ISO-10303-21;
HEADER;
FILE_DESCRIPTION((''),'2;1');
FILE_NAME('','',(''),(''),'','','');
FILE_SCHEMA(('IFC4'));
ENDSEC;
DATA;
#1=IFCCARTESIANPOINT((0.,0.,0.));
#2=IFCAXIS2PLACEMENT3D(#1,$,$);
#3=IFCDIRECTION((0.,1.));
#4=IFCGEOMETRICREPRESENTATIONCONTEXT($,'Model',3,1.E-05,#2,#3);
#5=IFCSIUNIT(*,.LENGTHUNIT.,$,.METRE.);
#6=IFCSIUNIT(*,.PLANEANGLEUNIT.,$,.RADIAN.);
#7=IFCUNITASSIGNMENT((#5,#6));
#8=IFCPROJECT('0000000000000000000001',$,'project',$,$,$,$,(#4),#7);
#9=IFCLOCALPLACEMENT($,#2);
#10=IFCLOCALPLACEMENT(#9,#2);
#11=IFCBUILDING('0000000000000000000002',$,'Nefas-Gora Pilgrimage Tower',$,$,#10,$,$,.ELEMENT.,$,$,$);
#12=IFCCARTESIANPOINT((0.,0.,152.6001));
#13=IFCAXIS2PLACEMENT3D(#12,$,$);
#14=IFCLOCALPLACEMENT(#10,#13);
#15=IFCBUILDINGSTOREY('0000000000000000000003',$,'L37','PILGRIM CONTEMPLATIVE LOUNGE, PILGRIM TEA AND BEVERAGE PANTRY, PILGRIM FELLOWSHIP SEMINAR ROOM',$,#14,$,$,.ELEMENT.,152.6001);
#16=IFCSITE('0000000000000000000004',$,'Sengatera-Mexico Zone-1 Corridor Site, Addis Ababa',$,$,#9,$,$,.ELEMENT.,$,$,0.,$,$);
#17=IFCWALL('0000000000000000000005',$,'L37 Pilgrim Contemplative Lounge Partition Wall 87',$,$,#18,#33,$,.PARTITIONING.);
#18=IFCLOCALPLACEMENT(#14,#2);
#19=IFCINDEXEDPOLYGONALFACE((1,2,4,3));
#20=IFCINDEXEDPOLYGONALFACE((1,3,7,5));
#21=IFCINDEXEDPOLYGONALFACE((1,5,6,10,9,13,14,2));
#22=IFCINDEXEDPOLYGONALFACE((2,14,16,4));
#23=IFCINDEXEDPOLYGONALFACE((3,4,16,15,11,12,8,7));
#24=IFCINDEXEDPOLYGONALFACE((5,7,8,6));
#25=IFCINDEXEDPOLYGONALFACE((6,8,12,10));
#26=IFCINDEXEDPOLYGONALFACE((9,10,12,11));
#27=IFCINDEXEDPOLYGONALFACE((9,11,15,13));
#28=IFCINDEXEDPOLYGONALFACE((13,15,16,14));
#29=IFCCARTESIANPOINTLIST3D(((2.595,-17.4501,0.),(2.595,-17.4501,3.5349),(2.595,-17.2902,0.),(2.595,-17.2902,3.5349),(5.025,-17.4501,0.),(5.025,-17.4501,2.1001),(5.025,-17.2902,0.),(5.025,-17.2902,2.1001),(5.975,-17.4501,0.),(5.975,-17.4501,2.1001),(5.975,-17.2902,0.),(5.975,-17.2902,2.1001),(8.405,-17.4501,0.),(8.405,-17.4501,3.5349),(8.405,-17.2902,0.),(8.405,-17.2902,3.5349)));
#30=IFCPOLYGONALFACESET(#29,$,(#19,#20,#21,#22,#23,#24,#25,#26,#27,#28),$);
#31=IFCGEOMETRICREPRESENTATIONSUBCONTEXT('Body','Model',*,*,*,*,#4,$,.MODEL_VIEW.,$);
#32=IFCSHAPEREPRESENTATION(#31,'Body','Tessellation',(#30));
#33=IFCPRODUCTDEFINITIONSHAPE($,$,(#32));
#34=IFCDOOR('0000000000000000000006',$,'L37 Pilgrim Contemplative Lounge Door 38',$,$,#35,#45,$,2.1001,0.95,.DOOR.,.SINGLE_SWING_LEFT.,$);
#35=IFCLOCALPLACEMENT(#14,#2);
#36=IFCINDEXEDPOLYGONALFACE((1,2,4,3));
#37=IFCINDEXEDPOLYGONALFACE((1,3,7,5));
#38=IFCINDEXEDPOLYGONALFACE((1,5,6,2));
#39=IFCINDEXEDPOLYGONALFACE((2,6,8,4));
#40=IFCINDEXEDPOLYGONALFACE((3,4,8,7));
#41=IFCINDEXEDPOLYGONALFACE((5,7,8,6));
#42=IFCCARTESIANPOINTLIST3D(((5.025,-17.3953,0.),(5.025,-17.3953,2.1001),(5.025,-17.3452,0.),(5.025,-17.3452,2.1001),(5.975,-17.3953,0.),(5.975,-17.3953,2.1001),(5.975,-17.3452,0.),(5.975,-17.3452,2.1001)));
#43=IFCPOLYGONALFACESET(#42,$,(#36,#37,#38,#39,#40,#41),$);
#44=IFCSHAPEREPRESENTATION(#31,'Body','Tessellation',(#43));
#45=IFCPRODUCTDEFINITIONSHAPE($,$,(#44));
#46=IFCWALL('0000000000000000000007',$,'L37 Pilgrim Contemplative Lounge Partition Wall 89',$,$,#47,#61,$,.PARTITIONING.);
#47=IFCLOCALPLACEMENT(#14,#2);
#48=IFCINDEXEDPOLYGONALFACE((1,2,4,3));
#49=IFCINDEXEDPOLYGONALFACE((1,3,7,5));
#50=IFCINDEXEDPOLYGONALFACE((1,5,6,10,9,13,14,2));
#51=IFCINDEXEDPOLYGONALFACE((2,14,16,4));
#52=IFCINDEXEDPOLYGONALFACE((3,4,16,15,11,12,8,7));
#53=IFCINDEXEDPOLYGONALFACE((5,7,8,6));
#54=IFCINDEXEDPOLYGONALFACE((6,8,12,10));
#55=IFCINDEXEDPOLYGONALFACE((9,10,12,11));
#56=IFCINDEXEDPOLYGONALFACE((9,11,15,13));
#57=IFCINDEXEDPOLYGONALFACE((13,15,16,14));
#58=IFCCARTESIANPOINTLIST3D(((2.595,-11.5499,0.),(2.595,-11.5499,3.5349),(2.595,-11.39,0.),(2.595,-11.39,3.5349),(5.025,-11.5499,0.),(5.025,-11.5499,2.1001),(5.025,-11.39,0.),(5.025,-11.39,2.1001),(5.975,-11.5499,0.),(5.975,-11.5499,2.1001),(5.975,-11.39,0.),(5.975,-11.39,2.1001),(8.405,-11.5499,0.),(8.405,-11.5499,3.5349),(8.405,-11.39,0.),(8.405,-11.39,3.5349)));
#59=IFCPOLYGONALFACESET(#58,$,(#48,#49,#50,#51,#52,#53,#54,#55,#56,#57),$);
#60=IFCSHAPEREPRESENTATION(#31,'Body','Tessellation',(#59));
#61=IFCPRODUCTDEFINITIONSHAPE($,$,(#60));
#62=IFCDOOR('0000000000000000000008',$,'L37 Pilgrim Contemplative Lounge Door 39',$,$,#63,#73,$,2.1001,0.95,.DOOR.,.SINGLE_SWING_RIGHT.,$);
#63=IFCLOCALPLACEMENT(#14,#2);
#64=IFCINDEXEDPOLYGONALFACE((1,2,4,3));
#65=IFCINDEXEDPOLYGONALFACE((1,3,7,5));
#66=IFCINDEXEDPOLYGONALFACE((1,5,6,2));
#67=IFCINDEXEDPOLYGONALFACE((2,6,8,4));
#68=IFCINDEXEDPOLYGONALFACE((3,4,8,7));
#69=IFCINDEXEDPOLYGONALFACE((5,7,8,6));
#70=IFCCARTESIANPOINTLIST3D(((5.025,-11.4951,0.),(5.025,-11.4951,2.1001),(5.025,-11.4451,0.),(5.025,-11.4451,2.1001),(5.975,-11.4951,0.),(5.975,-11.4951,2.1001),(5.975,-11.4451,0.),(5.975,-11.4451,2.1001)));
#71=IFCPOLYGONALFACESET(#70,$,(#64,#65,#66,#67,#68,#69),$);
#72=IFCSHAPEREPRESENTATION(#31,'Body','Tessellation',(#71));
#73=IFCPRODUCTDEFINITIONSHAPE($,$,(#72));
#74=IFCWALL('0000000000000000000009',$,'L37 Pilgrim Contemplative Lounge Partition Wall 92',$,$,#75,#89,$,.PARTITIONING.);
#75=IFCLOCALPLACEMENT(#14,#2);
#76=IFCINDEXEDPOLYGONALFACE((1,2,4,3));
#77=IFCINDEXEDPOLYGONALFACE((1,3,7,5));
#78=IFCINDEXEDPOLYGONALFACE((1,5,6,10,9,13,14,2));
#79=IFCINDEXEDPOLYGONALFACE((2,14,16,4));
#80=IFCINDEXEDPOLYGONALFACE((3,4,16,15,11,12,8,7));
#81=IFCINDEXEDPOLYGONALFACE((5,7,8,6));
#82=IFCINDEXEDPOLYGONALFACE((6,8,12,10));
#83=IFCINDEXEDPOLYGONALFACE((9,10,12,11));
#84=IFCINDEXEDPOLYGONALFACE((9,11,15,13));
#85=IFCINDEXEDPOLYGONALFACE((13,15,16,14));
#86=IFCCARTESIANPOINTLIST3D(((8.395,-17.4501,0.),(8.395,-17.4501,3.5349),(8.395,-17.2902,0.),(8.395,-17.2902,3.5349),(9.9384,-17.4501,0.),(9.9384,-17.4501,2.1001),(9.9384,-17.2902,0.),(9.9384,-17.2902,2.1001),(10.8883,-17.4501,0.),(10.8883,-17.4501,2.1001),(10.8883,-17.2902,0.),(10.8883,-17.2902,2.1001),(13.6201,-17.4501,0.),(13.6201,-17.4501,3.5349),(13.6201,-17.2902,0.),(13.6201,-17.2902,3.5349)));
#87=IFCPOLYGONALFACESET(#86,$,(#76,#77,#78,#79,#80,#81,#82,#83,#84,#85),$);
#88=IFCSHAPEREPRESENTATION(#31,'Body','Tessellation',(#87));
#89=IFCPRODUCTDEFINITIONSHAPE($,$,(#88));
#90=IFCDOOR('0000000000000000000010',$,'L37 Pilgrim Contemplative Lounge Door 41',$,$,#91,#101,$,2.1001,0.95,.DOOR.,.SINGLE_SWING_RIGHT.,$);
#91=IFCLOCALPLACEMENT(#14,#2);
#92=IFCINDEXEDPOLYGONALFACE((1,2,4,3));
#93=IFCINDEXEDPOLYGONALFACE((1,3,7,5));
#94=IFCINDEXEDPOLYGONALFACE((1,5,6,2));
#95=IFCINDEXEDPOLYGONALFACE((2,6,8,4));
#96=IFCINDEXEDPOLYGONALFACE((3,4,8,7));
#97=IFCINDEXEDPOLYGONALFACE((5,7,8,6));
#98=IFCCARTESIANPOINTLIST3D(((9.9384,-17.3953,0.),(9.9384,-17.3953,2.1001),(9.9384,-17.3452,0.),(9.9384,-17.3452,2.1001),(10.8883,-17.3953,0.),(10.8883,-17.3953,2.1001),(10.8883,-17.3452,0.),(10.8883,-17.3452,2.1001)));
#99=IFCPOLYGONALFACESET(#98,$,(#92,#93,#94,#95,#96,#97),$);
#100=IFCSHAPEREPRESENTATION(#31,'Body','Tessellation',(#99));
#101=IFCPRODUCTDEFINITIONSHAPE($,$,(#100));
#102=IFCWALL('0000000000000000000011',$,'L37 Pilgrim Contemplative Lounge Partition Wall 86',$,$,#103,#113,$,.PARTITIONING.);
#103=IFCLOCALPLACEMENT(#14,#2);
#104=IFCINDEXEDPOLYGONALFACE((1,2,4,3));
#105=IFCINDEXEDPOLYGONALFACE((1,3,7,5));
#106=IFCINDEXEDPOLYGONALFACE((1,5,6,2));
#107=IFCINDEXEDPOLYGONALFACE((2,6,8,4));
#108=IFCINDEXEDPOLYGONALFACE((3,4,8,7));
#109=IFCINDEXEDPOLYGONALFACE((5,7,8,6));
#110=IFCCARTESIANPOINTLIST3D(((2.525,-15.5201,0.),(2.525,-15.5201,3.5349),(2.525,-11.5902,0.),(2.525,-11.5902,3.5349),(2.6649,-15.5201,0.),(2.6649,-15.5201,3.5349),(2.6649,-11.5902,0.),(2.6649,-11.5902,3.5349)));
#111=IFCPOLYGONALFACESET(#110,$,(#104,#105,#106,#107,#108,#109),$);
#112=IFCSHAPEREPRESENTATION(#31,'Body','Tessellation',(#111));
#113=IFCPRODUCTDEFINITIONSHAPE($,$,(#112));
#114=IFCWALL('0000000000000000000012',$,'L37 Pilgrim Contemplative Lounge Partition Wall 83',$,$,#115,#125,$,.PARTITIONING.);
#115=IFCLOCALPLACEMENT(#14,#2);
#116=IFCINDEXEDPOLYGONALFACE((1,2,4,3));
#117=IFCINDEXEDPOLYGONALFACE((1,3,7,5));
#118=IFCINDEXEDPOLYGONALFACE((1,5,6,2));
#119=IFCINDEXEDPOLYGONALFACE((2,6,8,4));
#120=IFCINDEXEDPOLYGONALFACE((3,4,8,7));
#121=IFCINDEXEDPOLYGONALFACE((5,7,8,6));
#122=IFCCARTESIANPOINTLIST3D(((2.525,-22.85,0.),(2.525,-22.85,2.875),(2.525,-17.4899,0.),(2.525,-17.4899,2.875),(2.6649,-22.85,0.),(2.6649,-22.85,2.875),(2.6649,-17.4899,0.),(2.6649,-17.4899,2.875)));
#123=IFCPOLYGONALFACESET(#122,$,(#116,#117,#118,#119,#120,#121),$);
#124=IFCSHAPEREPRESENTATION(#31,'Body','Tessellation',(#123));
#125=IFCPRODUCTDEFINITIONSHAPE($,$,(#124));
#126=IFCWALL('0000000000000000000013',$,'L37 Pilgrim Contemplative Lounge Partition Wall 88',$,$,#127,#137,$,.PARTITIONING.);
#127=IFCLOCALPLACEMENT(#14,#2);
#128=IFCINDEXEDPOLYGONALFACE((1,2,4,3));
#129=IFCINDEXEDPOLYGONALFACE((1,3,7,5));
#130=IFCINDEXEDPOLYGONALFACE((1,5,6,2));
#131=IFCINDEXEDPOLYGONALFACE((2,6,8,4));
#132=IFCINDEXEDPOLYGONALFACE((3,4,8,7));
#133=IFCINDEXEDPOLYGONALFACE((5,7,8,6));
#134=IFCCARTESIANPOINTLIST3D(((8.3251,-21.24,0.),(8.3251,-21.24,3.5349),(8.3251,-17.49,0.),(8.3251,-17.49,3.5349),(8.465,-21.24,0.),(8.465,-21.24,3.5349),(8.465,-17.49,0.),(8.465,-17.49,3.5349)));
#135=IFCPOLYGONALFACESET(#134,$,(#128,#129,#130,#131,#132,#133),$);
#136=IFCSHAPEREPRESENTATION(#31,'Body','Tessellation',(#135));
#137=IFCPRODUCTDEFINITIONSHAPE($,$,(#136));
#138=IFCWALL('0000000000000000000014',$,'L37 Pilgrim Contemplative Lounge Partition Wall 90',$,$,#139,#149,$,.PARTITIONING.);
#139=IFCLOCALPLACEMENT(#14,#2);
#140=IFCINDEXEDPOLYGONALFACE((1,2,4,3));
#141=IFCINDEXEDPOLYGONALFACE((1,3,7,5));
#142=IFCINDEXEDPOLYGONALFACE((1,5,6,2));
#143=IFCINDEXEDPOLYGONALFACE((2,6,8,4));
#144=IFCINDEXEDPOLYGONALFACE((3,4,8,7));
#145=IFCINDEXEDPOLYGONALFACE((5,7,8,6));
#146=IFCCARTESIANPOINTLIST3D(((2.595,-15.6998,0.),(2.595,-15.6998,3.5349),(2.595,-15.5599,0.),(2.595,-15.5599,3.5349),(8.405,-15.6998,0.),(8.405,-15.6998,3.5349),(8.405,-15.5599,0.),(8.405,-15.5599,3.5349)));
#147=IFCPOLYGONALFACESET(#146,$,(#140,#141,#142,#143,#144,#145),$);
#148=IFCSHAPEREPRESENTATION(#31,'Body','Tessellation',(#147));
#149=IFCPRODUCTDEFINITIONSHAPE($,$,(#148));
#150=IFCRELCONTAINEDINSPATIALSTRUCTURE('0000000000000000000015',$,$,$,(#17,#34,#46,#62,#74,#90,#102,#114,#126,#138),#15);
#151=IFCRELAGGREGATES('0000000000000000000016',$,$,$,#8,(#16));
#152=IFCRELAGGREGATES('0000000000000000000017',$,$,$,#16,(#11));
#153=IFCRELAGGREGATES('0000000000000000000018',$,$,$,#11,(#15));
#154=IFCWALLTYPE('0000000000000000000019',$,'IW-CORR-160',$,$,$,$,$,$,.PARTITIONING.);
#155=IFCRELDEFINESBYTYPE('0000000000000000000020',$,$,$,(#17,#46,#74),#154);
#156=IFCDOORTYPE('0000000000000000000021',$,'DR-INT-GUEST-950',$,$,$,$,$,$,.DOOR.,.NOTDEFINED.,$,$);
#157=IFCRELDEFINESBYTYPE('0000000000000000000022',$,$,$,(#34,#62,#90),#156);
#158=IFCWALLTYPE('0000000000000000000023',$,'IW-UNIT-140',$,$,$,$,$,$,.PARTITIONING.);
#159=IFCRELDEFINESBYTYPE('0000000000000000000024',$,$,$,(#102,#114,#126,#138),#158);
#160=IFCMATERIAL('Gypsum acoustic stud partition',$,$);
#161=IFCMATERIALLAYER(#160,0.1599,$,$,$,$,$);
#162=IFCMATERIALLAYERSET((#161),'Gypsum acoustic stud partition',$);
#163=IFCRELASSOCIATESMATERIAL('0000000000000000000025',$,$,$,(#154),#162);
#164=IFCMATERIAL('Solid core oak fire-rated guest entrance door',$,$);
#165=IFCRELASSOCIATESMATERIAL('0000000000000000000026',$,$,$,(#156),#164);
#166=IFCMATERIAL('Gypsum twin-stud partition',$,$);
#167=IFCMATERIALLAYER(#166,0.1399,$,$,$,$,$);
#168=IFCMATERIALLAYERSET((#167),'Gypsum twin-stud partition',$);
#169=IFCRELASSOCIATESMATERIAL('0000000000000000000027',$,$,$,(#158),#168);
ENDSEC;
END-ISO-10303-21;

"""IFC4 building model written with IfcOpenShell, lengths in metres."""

from ifc_helpers import new_model, si_unit, direction, frame, frame_2d, origin, place, context, subcontext, project, spatial, rectangle, extrude, source, transform, mapped, material, layer, layer_set, type_object, element, fill, save


model = new_model("IFC4")

# Units and contexts
model_context = context("Model", 3, precision=1e-05, world=origin(), true_north=direction((0.0, 1.0)))
body_context = subcontext(model_context, "Body", "Model", "MODEL_VIEW")
ifc_project = project(units=[si_unit("LENGTHUNIT", "METRE"), si_unit("PLANEANGLEUNIT", "RADIAN")], contexts=[model_context])

# Site, building, storey
site_placement = place(None, origin())
site = spatial("IfcSite", under=ifc_project, at=site_placement, Name="Sengatera-Mexico Zone-1 Corridor Site, Addis Ababa", CompositionType="ELEMENT", RefElevation=0.0)
building_placement = place(site_placement, origin())
building = spatial("IfcBuilding", under=site, at=building_placement, Name="Nefas-Gora Pilgrimage Tower", CompositionType="ELEMENT")
storey_placement = place(building_placement, frame((0.0, 0.0, 152.6001)))
storey = spatial("IfcBuildingStorey", under=building, at=storey_placement, Name="L37", Description="PILGRIM CONTEMPLATIVE LOUNGE, PILGRIM TEA AND BEVERAGE PANTRY, PILGRIM FELLOWSHIP SEMINAR ROOM", CompositionType="ELEMENT", Elevation=152.6001)

# Walls, openings, doors
ifc_material_1 = material(Name="Gypsum acoustic stud partition")
ifc_layer_1 = layer(ifc_material_1, 0.1599)
ifc_layer_set_1 = layer_set([ifc_layer_1], Name="Gypsum acoustic stud partition")
wall_type_1 = type_object("IfcWallType", Name="IW-CORR-160", PredefinedType="PARTITIONING", material=ifc_layer_set_1)
shared_shape_1 = source(origin(), body_context, "Body", "SweptSolid", [
    extrude(rectangle(XDim=5.8101, YDim=0.1599, at=frame_2d((2.905, 0.0))), origin(), (0.0, 0.0, 1.0), 3.5349),
])
wall_1_placement = place(storey_placement, frame((2.595, -17.3701, 0.0), z_axis=(0.0, 0.0, 1.0), x_axis=(1.0, 0.0, 0.0)))
wall_1 = element("IfcWall", 1, at=wall_1_placement, inside=storey, type_object=wall_type_1, Name="L37 Pilgrim Contemplative Lounge Partition Wall 87", PredefinedType="PARTITIONING", context=body_context, shape_type="MappedRepresentation", body=[
    mapped(shared_shape_1, transform((0.0, 0.0, 0.0), x_axis=(1.0, 0.0, 0.0), y_axis=(0.0, 1.0, 0.0), z_axis=(0.0, 0.0, 1.0), scale=1.0)),
])
opening_1_placement = place(wall_1_placement, frame((2.4299, 0.0, 0.0)))
opening_1 = element("IfcOpeningElement", 2, at=opening_1_placement, cuts=wall_1, PredefinedType="OPENING", context=body_context, shape_type="SweptSolid", body=[
    extrude(rectangle(XDim=0.95, YDim=2.1001, at=frame_2d((0.4751, 1.05))), frame((0.0, 0.0898, 0.0), z_axis=(0.0, -1.0, 0.0), x_axis=(1.0, 0.0, 0.0)), (0.0, 0.0, 1.0), 0.1799),
])
ifc_material_2 = material(Name="Solid core oak fire-rated guest entrance door")
door_type = type_object("IfcDoorType", Name="DR-INT-GUEST-950", OperationType="NOTDEFINED", PredefinedType="DOOR", material=ifc_material_2)
shared_shape_2 = source(origin(), body_context, "Body", "SweptSolid", [
    extrude(rectangle(XDim=0.95, YDim=2.1001, at=frame_2d((0.4751, 1.05))), frame((0.0, 0.0249, 0.0), z_axis=(0.0, -1.0, 0.0), x_axis=(1.0, 0.0, 0.0)), (0.0, 0.0, 1.0), 0.05),
])
door_1_placement = place(opening_1_placement, origin())
door_1 = element("IfcDoor", 3, at=door_1_placement, inside=storey, type_object=door_type, Name="L37 Pilgrim Contemplative Lounge Door 38", OperationType="SINGLE_SWING_LEFT", OverallHeight=2.1001, OverallWidth=0.95, PredefinedType="DOOR", context=body_context, shape_type="MappedRepresentation", body=[
    mapped(shared_shape_2, transform((0.0, 0.0, 0.0), x_axis=(1.0, 0.0, 0.0), y_axis=(0.0, 1.0, 0.0), z_axis=(0.0, 0.0, 1.0), scale=1.0)),
])
fill(opening_1, door_1)
wall_2_placement = place(storey_placement, frame((2.595, -11.47, 0.0), z_axis=(0.0, 0.0, 1.0), x_axis=(1.0, 0.0, 0.0)))
wall_2 = element("IfcWall", 4, at=wall_2_placement, inside=storey, type_object=wall_type_1, Name="L37 Pilgrim Contemplative Lounge Partition Wall 89", PredefinedType="PARTITIONING", context=body_context, shape_type="MappedRepresentation", body=[
    mapped(shared_shape_1, transform((0.0, 0.0, 0.0), x_axis=(1.0, 0.0, 0.0), y_axis=(0.0, 1.0, 0.0), z_axis=(0.0, 0.0, 1.0), scale=1.0)),
])
opening_2_placement = place(wall_2_placement, frame((2.4299, 0.0, 0.0)))
opening_2 = element("IfcOpeningElement", 5, at=opening_2_placement, cuts=wall_2, PredefinedType="OPENING", context=body_context, shape_type="SweptSolid", body=[
    extrude(rectangle(XDim=0.95, YDim=2.1001, at=frame_2d((0.4751, 1.05))), frame((0.0, 0.0898, 0.0), z_axis=(0.0, -1.0, 0.0), x_axis=(1.0, 0.0, 0.0)), (0.0, 0.0, 1.0), 0.1799),
])
door_2_placement = place(opening_2_placement, origin())
door_2 = element("IfcDoor", 6, at=door_2_placement, inside=storey, type_object=door_type, Name="L37 Pilgrim Contemplative Lounge Door 39", OperationType="SINGLE_SWING_RIGHT", OverallHeight=2.1001, OverallWidth=0.95, PredefinedType="DOOR", context=body_context, shape_type="MappedRepresentation", body=[
    mapped(shared_shape_2, transform((0.0, 0.0, 0.0), x_axis=(1.0, 0.0, 0.0), y_axis=(0.0, 1.0, 0.0), z_axis=(0.0, 0.0, 1.0), scale=1.0)),
])
fill(opening_2, door_2)
shared_shape_3 = source(origin(), body_context, "Body", "SweptSolid", [
    extrude(rectangle(XDim=5.2251, YDim=0.1599, at=frame_2d((2.6125, 0.0))), origin(), (0.0, 0.0, 1.0), 3.5349),
])
wall_3_placement = place(storey_placement, frame((8.395, -17.3701, 0.0), z_axis=(0.0, 0.0, 1.0), x_axis=(1.0, 0.0, 0.0)))
wall_3 = element("IfcWall", 7, at=wall_3_placement, inside=storey, type_object=wall_type_1, Name="L37 Pilgrim Contemplative Lounge Partition Wall 92", PredefinedType="PARTITIONING", context=body_context, shape_type="MappedRepresentation", body=[
    mapped(shared_shape_3, transform((0.0, 0.0, 0.0), x_axis=(1.0, 0.0, 0.0), y_axis=(0.0, 1.0, 0.0), z_axis=(0.0, 0.0, 1.0), scale=1.0)),
])
opening_3_placement = place(wall_3_placement, frame((1.5432, 0.0, 0.0)))
opening_3 = element("IfcOpeningElement", 8, at=opening_3_placement, cuts=wall_3, PredefinedType="OPENING", context=body_context, shape_type="SweptSolid", body=[
    extrude(rectangle(XDim=0.95, YDim=2.1001, at=frame_2d((0.4751, 1.05))), frame((0.0, 0.0898, 0.0), z_axis=(0.0, -1.0, 0.0), x_axis=(1.0, 0.0, 0.0)), (0.0, 0.0, 1.0), 0.1799),
])
door_3_placement = place(opening_3_placement, origin())
door_3 = element("IfcDoor", 9, at=door_3_placement, inside=storey, type_object=door_type, Name="L37 Pilgrim Contemplative Lounge Door 41", OperationType="SINGLE_SWING_RIGHT", OverallHeight=2.1001, OverallWidth=0.95, PredefinedType="DOOR", context=body_context, shape_type="MappedRepresentation", body=[
    mapped(shared_shape_2, transform((0.0, 0.0, 0.0), x_axis=(1.0, 0.0, 0.0), y_axis=(0.0, 1.0, 0.0), z_axis=(0.0, 0.0, 1.0), scale=1.0)),
])
fill(opening_3, door_3)

# Walls
ifc_material_3 = material(Name="Gypsum twin-stud partition")
ifc_layer_2 = layer(ifc_material_3, 0.1399)
ifc_layer_set_2 = layer_set([ifc_layer_2], Name="Gypsum twin-stud partition")
wall_type_2 = type_object("IfcWallType", Name="IW-UNIT-140", PredefinedType="PARTITIONING", material=ifc_layer_set_2)
shared_shape_4 = source(origin(), body_context, "Body", "SweptSolid", [
    extrude(rectangle(XDim=3.9299, YDim=0.1399, at=frame_2d((1.9648, 0.0))), origin(), (0.0, 0.0, 1.0), 3.5349),
])
wall_4_placement = place(storey_placement, frame((2.595, -15.52, 0.0), z_axis=(0.0, 0.0, 1.0), x_axis=(0.0, 1.0, 0.0)))
element("IfcWall", 10, at=wall_4_placement, inside=storey, type_object=wall_type_2, Name="L37 Pilgrim Contemplative Lounge Partition Wall 86", PredefinedType="PARTITIONING", context=body_context, shape_type="MappedRepresentation", body=[
    mapped(shared_shape_4, transform((0.0, 0.0, 0.0), x_axis=(1.0, 0.0, 0.0), y_axis=(0.0, 1.0, 0.0), z_axis=(0.0, 0.0, 1.0), scale=1.0)),
])
shared_shape_5 = source(origin(), body_context, "Body", "SweptSolid", [
    extrude(rectangle(XDim=5.3601, YDim=0.1399, at=frame_2d((2.6802, 0.0))), origin(), (0.0, 0.0, 1.0), 2.875),
])
wall_5_placement = place(storey_placement, frame((2.595, -22.8501, 0.0), z_axis=(0.0, 0.0, 1.0), x_axis=(0.0, 1.0, 0.0)))
element("IfcWall", 11, at=wall_5_placement, inside=storey, type_object=wall_type_2, Name="L37 Pilgrim Contemplative Lounge Partition Wall 83", PredefinedType="PARTITIONING", context=body_context, shape_type="MappedRepresentation", body=[
    mapped(shared_shape_5, transform((0.0, 0.0, 0.0), x_axis=(1.0, 0.0, 0.0), y_axis=(0.0, 1.0, 0.0), z_axis=(0.0, 0.0, 1.0), scale=1.0)),
])
shared_shape_6 = source(origin(), body_context, "Body", "SweptSolid", [
    extrude(rectangle(XDim=3.75, YDim=0.1399, at=frame_2d((1.875, 0.0))), origin(), (0.0, 0.0, 1.0), 3.5349),
])
wall_6_placement = place(storey_placement, frame((8.395, -21.24, 0.0), z_axis=(0.0, 0.0, 1.0), x_axis=(0.0, 1.0, 0.0)))
element("IfcWall", 12, at=wall_6_placement, inside=storey, type_object=wall_type_2, Name="L37 Pilgrim Contemplative Lounge Partition Wall 88", PredefinedType="PARTITIONING", context=body_context, shape_type="MappedRepresentation", body=[
    mapped(shared_shape_6, transform((0.0, 0.0, 0.0), x_axis=(1.0, 0.0, 0.0), y_axis=(0.0, 1.0, 0.0), z_axis=(0.0, 0.0, 1.0), scale=1.0)),
])
shared_shape_7 = source(origin(), body_context, "Body", "SweptSolid", [
    extrude(rectangle(XDim=5.8101, YDim=0.1399, at=frame_2d((2.905, 0.0))), origin(), (0.0, 0.0, 1.0), 3.5349),
])
wall_7_placement = place(storey_placement, frame((2.595, -15.6299, 0.0), z_axis=(0.0, 0.0, 1.0), x_axis=(1.0, 0.0, 0.0)))
element("IfcWall", 13, at=wall_7_placement, inside=storey, type_object=wall_type_2, Name="L37 Pilgrim Contemplative Lounge Partition Wall 90", PredefinedType="PARTITIONING", context=body_context, shape_type="MappedRepresentation", body=[
    mapped(shared_shape_7, transform((0.0, 0.0, 0.0), x_axis=(1.0, 0.0, 0.0), y_axis=(0.0, 1.0, 0.0), z_axis=(0.0, 0.0, 1.0), scale=1.0)),
])

save(model, "model.ifc")
